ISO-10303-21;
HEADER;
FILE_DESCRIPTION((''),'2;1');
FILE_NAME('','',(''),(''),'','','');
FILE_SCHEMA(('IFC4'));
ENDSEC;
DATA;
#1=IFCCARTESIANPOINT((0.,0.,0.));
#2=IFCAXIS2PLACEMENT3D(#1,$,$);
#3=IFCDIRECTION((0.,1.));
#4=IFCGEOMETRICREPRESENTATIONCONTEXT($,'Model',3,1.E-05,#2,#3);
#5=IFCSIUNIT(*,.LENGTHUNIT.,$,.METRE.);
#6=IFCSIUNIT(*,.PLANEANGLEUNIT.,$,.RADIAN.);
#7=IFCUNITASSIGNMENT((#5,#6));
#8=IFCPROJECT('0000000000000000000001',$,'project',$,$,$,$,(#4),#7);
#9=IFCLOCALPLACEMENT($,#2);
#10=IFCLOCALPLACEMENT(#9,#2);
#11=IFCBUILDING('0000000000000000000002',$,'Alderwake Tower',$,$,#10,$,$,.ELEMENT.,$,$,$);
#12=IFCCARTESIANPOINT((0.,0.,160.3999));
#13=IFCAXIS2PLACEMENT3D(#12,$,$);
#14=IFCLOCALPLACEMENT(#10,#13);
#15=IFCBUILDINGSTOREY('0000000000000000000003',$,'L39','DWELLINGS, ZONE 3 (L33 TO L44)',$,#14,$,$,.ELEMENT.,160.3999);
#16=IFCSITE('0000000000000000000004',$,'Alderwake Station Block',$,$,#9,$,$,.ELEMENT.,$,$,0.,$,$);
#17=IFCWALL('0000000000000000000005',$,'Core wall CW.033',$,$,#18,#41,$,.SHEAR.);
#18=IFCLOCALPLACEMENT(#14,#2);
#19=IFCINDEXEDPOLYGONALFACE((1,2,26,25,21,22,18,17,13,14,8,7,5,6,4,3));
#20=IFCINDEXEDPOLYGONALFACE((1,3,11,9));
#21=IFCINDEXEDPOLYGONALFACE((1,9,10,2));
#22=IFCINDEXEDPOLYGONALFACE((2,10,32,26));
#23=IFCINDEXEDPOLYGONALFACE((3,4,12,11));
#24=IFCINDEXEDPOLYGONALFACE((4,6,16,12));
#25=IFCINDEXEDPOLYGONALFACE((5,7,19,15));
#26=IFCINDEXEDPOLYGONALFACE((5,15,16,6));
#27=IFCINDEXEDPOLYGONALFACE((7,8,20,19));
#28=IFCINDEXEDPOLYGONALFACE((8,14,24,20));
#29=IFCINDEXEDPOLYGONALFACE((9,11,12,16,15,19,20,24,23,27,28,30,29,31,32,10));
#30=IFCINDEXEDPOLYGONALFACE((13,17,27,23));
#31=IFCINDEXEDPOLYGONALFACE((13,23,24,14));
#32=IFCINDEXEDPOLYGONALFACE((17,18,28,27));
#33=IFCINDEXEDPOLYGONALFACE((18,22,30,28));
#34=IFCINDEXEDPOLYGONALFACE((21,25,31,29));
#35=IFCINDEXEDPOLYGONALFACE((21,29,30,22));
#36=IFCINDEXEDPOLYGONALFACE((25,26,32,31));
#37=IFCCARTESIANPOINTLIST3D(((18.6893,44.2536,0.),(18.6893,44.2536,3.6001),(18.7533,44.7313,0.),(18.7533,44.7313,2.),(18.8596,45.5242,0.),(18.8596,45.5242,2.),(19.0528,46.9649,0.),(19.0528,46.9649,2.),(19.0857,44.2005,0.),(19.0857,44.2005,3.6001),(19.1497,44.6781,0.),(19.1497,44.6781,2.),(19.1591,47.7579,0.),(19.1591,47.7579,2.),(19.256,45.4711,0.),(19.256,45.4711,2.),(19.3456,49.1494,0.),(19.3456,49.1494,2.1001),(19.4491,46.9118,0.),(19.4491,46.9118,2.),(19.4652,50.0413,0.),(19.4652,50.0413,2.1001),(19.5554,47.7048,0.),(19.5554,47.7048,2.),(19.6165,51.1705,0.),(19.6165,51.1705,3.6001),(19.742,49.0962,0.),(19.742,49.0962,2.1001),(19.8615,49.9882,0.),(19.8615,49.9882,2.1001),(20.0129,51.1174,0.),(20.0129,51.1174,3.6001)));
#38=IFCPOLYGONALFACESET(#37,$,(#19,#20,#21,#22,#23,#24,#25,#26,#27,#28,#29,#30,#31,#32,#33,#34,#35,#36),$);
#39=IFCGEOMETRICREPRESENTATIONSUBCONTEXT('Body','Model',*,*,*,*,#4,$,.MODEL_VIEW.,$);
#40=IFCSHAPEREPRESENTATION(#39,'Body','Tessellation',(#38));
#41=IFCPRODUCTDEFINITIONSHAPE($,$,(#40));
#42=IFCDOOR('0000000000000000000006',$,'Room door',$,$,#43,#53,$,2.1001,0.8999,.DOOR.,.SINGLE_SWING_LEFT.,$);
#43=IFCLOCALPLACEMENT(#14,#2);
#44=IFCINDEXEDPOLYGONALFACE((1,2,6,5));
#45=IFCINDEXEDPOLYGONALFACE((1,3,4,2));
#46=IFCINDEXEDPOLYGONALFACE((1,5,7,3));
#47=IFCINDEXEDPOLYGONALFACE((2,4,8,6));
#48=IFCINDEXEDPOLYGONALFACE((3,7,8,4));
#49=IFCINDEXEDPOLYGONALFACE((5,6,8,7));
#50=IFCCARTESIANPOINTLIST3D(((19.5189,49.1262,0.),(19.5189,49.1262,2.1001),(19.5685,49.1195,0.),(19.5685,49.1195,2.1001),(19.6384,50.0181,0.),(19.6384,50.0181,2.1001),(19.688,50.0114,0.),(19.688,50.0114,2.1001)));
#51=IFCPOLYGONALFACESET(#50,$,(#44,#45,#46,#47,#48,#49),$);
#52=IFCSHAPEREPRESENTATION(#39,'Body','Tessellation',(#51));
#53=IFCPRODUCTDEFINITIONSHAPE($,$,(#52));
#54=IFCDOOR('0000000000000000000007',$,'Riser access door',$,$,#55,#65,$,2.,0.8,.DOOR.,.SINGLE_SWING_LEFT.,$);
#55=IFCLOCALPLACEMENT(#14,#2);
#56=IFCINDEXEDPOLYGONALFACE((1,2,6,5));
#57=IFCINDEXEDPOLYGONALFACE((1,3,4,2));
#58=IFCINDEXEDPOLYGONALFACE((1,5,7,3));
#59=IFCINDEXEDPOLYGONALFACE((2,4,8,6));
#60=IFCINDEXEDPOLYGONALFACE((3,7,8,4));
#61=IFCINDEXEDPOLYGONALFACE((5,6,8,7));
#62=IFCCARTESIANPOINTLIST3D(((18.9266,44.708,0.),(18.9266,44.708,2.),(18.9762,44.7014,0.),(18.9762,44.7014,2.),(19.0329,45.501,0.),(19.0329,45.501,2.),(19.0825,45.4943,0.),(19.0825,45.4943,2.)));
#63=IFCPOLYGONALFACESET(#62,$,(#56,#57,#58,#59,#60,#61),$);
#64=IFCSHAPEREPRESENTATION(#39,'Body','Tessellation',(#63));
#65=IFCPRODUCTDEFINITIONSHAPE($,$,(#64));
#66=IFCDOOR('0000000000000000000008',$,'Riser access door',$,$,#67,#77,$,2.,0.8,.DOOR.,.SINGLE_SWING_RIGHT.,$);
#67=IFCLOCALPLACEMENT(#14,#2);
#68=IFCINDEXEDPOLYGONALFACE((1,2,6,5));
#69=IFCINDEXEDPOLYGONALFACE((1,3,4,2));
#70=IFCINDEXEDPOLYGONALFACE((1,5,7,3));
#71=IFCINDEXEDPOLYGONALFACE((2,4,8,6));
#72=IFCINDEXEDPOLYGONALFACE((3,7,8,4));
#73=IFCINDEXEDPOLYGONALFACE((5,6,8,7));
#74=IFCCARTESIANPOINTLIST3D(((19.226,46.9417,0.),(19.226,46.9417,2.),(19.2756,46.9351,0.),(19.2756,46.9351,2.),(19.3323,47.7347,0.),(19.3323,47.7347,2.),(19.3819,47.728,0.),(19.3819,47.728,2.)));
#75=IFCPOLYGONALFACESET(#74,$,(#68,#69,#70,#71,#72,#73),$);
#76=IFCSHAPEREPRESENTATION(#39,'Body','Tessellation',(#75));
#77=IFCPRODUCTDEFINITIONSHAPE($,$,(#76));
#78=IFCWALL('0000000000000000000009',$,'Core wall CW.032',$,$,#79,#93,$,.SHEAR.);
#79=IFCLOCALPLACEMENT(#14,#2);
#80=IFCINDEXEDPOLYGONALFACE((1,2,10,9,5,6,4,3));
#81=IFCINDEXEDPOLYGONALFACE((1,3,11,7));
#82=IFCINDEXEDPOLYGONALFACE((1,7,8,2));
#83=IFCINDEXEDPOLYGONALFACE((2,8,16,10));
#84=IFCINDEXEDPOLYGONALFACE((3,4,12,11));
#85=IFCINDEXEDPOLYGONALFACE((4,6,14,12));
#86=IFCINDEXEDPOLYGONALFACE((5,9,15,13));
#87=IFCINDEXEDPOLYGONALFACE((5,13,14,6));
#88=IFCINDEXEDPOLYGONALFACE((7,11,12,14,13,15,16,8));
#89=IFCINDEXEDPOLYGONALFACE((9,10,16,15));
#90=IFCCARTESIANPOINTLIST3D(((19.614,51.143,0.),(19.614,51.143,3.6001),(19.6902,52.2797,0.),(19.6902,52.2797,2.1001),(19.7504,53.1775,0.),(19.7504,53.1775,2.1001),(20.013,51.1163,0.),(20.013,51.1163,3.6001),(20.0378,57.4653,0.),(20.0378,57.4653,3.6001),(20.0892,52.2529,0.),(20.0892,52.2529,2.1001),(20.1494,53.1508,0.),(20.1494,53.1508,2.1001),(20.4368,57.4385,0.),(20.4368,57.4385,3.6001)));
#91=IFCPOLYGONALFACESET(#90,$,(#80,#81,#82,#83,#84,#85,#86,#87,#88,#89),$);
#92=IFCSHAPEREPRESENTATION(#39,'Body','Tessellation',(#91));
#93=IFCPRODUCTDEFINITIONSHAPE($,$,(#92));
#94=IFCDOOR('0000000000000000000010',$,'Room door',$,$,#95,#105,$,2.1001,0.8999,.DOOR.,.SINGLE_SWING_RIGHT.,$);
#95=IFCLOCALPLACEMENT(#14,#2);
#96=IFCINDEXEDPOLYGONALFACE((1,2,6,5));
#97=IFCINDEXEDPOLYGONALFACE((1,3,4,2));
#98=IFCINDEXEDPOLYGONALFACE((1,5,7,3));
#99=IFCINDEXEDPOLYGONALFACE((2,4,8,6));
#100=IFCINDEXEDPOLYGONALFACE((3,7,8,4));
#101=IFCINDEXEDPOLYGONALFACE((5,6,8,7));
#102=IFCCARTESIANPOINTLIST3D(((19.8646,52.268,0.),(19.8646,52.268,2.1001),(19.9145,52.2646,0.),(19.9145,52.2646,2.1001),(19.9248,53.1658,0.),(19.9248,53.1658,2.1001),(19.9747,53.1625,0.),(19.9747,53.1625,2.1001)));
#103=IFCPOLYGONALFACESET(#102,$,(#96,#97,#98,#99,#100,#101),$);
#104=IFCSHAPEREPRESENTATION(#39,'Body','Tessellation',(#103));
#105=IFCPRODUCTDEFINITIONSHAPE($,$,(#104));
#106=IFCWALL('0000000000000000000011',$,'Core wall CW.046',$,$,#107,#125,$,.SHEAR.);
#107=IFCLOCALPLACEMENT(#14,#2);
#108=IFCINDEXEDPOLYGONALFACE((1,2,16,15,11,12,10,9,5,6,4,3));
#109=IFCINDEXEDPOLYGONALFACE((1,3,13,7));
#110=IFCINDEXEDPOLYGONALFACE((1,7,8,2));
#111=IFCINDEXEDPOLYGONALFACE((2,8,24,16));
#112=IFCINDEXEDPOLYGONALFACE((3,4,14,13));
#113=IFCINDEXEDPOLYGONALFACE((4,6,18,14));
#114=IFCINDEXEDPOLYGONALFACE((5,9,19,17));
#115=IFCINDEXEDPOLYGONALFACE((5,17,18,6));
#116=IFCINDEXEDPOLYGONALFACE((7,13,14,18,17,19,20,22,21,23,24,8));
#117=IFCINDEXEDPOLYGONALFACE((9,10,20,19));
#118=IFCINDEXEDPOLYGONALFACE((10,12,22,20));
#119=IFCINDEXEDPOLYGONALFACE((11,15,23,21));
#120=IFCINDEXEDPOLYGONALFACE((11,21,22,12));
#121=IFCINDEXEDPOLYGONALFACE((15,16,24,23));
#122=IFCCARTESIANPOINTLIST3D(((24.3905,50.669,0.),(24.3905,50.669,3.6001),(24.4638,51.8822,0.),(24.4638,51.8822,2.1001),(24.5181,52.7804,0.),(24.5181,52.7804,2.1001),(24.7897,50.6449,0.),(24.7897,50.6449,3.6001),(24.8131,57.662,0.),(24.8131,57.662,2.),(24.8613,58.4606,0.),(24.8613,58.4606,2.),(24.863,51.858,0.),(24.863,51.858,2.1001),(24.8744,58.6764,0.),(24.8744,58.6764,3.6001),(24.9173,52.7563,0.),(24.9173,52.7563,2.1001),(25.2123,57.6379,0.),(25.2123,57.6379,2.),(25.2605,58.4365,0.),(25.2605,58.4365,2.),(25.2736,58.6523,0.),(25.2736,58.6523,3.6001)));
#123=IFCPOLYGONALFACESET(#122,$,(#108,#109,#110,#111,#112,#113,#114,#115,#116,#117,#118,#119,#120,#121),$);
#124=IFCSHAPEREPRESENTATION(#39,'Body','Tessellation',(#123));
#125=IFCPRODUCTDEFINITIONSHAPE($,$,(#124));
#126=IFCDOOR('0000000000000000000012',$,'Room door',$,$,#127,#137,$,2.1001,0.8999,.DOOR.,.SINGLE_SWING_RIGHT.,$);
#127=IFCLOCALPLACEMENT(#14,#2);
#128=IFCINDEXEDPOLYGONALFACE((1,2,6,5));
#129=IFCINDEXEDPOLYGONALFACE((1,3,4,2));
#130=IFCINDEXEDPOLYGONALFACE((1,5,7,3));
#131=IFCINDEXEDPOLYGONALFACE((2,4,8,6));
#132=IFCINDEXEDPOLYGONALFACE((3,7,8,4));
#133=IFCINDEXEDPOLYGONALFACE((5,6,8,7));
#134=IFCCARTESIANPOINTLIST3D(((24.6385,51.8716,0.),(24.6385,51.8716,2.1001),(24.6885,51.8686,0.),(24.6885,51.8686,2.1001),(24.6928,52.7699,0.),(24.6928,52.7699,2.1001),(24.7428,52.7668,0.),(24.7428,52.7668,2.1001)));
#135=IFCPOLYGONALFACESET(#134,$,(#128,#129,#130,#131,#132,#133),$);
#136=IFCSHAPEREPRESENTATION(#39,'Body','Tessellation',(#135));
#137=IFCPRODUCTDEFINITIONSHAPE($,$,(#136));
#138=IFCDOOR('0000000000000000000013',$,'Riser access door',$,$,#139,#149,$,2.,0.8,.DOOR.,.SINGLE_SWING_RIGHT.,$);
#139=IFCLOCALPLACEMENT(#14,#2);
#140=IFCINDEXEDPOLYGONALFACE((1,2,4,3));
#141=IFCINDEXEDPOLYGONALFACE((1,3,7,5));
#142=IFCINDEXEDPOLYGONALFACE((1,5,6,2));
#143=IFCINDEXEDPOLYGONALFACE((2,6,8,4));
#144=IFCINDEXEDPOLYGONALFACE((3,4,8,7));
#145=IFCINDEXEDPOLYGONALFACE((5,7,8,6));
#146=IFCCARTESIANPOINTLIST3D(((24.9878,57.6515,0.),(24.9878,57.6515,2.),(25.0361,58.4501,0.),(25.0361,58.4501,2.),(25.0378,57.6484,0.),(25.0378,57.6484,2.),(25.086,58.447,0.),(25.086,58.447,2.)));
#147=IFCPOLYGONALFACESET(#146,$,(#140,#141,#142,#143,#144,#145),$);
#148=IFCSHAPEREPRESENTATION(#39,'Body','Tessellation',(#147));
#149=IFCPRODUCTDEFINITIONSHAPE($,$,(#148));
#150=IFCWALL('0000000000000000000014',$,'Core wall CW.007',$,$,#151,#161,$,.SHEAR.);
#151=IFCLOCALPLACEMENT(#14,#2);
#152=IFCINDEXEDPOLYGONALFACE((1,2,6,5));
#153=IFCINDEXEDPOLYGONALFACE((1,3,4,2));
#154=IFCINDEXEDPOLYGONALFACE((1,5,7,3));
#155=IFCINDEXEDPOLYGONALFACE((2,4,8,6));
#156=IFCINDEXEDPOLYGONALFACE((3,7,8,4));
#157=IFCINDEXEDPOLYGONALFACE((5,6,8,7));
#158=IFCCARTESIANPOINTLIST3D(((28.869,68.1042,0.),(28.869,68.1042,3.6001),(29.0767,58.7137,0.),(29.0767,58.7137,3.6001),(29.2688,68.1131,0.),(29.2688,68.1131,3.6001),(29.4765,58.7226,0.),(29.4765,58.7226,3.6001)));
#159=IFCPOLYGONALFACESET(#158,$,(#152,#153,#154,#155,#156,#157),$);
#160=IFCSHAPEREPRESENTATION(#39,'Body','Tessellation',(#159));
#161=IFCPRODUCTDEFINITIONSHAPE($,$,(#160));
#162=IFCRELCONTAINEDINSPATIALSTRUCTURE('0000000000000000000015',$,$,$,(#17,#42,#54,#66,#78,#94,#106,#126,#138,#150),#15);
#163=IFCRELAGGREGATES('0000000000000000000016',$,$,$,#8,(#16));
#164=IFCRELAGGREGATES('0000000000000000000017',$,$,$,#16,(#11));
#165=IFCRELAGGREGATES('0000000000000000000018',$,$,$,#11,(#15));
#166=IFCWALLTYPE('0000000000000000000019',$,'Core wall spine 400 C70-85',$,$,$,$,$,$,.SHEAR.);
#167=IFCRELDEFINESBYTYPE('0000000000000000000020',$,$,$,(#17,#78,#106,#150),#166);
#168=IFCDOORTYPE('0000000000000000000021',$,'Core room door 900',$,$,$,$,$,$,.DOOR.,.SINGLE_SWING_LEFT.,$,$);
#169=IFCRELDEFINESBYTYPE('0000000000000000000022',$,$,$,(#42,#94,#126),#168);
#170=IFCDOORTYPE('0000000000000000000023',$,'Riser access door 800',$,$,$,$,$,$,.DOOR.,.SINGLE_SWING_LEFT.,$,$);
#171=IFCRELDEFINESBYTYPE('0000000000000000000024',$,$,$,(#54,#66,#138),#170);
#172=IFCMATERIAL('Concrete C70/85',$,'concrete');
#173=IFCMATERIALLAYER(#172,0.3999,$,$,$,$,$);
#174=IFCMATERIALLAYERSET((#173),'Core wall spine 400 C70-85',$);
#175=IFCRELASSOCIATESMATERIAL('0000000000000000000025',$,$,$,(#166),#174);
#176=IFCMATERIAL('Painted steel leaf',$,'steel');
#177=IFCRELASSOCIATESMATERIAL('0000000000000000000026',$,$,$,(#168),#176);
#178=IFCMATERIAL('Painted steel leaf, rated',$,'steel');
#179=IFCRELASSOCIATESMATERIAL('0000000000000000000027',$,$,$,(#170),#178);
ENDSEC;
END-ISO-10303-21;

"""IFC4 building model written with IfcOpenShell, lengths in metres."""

from ifc_helpers import new_model, si_unit, direction, frame, frame_2d, origin, place, context, subcontext, project, spatial, rectangle, extrude, material, layer, layer_set, type_object, element, fill, save


model = new_model("IFC4")

# Units and contexts
model_context = context("Model", 3, precision=1e-05, world=origin(), true_north=direction((0.0, 1.0)))
body_context = subcontext(model_context, "Body", "Model", "MODEL_VIEW")
ifc_project = project(units=[si_unit("LENGTHUNIT", "METRE"), si_unit("PLANEANGLEUNIT", "RADIAN")], contexts=[model_context])

# Site, building, storey
site_placement = place(None, origin())
site = spatial("IfcSite", under=ifc_project, at=site_placement, Name="Alderwake Station Block", CompositionType="ELEMENT", RefElevation=0.0)
building_placement = place(site_placement, origin())
building = spatial("IfcBuilding", under=site, at=building_placement, Name="Alderwake Tower", CompositionType="ELEMENT")
storey_placement = place(building_placement, frame((0.0, 0.0, 160.3999)))
storey = spatial("IfcBuildingStorey", under=building, at=storey_placement, Name="L39", Description="DWELLINGS, ZONE 3 (L33 TO L44)", CompositionType="ELEMENT", Elevation=160.3999)

# Wall, openings, doors
ifc_material_1 = material(Name="Concrete C70/85", Category="concrete")
ifc_layer_1 = layer(ifc_material_1, 0.3999)
ifc_layer_set_1 = layer_set([ifc_layer_1], Name="Core wall spine 400 C70-85")
wall_type_1 = type_object("IfcWallType", Name="Core wall spine 400 C70-85", PredefinedType="SHEAR", material=ifc_layer_set_1)
wall_1_placement = place(storey_placement, frame((19.8147, 51.1438, 0.0), z_axis=(0.0, 0.0, 1.0), x_axis=(-0.132865, -0.991134, 0.0)))
wall_1 = element("IfcWall", 1, at=wall_1_placement, inside=storey, type_object=wall_type_1, Name="Core wall CW.033", PredefinedType="SHEAR", context=body_context, shape_type="SweptSolid", body=[
    extrude(rectangle(XDim=6.9788, YDim=0.3999, at=frame_2d((3.4893, 0.0))), origin(), (0.0, 0.0, 1.0), 3.6001),
])
opening_1_placement = place(wall_1_placement, frame((5.6968, 0.0, 0.0)))
opening_1 = element("IfcOpeningElement", 2, at=opening_1_placement, cuts=wall_1, PredefinedType="OPENING", context=body_context, shape_type="SweptSolid", body=[
    extrude(rectangle(XDim=0.8, YDim=2.0, at=frame_2d((0.3999, 1.0))), frame((0.0, 0.21, 0.0), z_axis=(0.0, -1.0, 0.0), x_axis=(1.0, 0.0, 0.0)), (0.0, 0.0, 1.0), 0.4199),
])
opening_2_placement = place(wall_1_placement, frame((3.4431, 0.0, 0.0)))
opening_2 = element("IfcOpeningElement", 3, at=opening_2_placement, cuts=wall_1, PredefinedType="OPENING", context=body_context, shape_type="SweptSolid", body=[
    extrude(rectangle(XDim=0.8, YDim=2.0, at=frame_2d((0.3999, 1.0))), frame((0.0, 0.21, 0.0), z_axis=(0.0, -1.0, 0.0), x_axis=(1.0, 0.0, 0.0)), (0.0, 0.0, 1.0), 0.4199),
])
opening_3_placement = place(wall_1_placement, frame((1.1392, 0.0, 0.0)))
opening_3 = element("IfcOpeningElement", 4, at=opening_3_placement, cuts=wall_1, PredefinedType="OPENING", context=body_context, shape_type="SweptSolid", body=[
    extrude(rectangle(XDim=0.8999, YDim=2.1001, at=frame_2d((0.45, 1.05))), frame((0.0, 0.21, 0.0), z_axis=(0.0, -1.0, 0.0), x_axis=(1.0, 0.0, 0.0)), (0.0, 0.0, 1.0), 0.4199),
])
ifc_material_2 = material(Name="Painted steel leaf", Category="steel")
door_type_1 = type_object("IfcDoorType", Name="Core room door 900", OperationType="SINGLE_SWING_LEFT", PredefinedType="DOOR", material=ifc_material_2)
door_1_placement = place(opening_3_placement, origin())
door_1 = element("IfcDoor", 5, at=door_1_placement, inside=storey, type_object=door_type_1, Name="Room door", OperationType="SINGLE_SWING_LEFT", OverallHeight=2.1001, OverallWidth=0.8999, PredefinedType="DOOR", context=body_context, shape_type="SweptSolid", body=[
    extrude(rectangle(XDim=0.8999, YDim=2.1001, at=frame_2d((0.45, 1.05))), frame((0.0, 0.0249, 0.0), z_axis=(0.0, -1.0, 0.0), x_axis=(1.0, 0.0, 0.0)), (0.0, 0.0, 1.0), 0.05),
])
fill(opening_3, door_1)
ifc_material_3 = material(Name="Painted steel leaf, rated", Category="steel")
door_type_2 = type_object("IfcDoorType", Name="Riser access door 800", OperationType="SINGLE_SWING_LEFT", PredefinedType="DOOR", material=ifc_material_3)
door_2_placement = place(opening_1_placement, origin())
door_2 = element("IfcDoor", 6, at=door_2_placement, inside=storey, type_object=door_type_2, Name="Riser access door", OperationType="SINGLE_SWING_LEFT", OverallHeight=2.0, OverallWidth=0.8, PredefinedType="DOOR", context=body_context, shape_type="SweptSolid", body=[
    extrude(rectangle(XDim=0.8, YDim=2.0, at=frame_2d((0.3999, 1.0))), frame((0.0, 0.0249, 0.0), z_axis=(0.0, -1.0, 0.0), x_axis=(1.0, 0.0, 0.0)), (0.0, 0.0, 1.0), 0.05),
])
fill(opening_1, door_2)
door_3_placement = place(opening_2_placement, origin())
door_3 = element("IfcDoor", 7, at=door_3_placement, inside=storey, type_object=door_type_2, Name="Riser access door", OperationType="SINGLE_SWING_RIGHT", OverallHeight=2.0, OverallWidth=0.8, PredefinedType="DOOR", context=body_context, shape_type="SweptSolid", body=[
    extrude(rectangle(XDim=0.8, YDim=2.0, at=frame_2d((0.3999, 1.0))), frame((0.0, 0.0249, 0.0), z_axis=(0.0, -1.0, 0.0), x_axis=(1.0, 0.0, 0.0)), (0.0, 0.0, 1.0), 0.05),
])
fill(opening_2, door_3)

# Wall, opening, door
wall_2_placement = place(storey_placement, frame((20.2373, 57.4519, 0.0), z_axis=(0.0, 0.0, 1.0), x_axis=(-0.066887, -0.997761, 0.0)))
wall_2 = element("IfcWall", 8, at=wall_2_placement, inside=storey, type_object=wall_type_1, Name="Core wall CW.032", PredefinedType="SHEAR", context=body_context, shape_type="SweptSolid", body=[
    extrude(rectangle(XDim=6.3364, YDim=0.3999, at=frame_2d((3.1682, 0.0))), origin(), (0.0, 0.0, 1.0), 3.6001),
])
opening_4_placement = place(wall_2_placement, frame((4.2974, 0.0, 0.0)))
opening_4 = element("IfcOpeningElement", 9, at=opening_4_placement, cuts=wall_2, PredefinedType="OPENING", context=body_context, shape_type="SweptSolid", body=[
    extrude(rectangle(XDim=0.8999, YDim=2.1001, at=frame_2d((0.45, 1.05))), frame((0.0, 0.21, 0.0), z_axis=(0.0, -1.0, 0.0), x_axis=(1.0, 0.0, 0.0)), (0.0, 0.0, 1.0), 0.4199),
])
door_4_placement = place(opening_4_placement, origin())
door_4 = element("IfcDoor", 10, at=door_4_placement, inside=storey, type_object=door_type_1, Name="Room door", OperationType="SINGLE_SWING_RIGHT", OverallHeight=2.1001, OverallWidth=0.8999, PredefinedType="DOOR", context=body_context, shape_type="SweptSolid", body=[
    extrude(rectangle(XDim=0.8999, YDim=2.1001, at=frame_2d((0.45, 1.05))), frame((0.0, 0.0249, 0.0), z_axis=(0.0, -1.0, 0.0), x_axis=(1.0, 0.0, 0.0)), (0.0, 0.0, 1.0), 0.05),
])
fill(opening_4, door_4)

# Wall, openings, doors
wall_3_placement = place(storey_placement, frame((24.5901, 50.657, 0.0), z_axis=(0.0, 0.0, 1.0), x_axis=(0.06032, 0.998179, 0.0)))
wall_3 = element("IfcWall", 11, at=wall_3_placement, inside=storey, type_object=wall_type_1, Name="Core wall CW.046", PredefinedType="SHEAR", context=body_context, shape_type="SweptSolid", body=[
    extrude(rectangle(XDim=8.022, YDim=0.3999, at=frame_2d((4.011, 0.0))), origin(), (0.0, 0.0, 1.0), 3.6001),
])
opening_5_placement = place(wall_3_placement, frame((7.0059, 0.0, 0.0)))
opening_5 = element("IfcOpeningElement", 12, at=opening_5_placement, cuts=wall_3, PredefinedType="OPENING", context=body_context, shape_type="SweptSolid", body=[
    extrude(rectangle(XDim=0.8, YDim=2.0, at=frame_2d((0.3999, 1.0))), frame((0.0, 0.21, 0.0), z_axis=(0.0, -1.0, 0.0), x_axis=(1.0, 0.0, 0.0)), (0.0, 0.0, 1.0), 0.4199),
])
opening_6_placement = place(wall_3_placement, frame((1.2153, 0.0, 0.0)))
opening_6 = element("IfcOpeningElement", 13, at=opening_6_placement, cuts=wall_3, PredefinedType="OPENING", context=body_context, shape_type="SweptSolid", body=[
    extrude(rectangle(XDim=0.8999, YDim=2.1001, at=frame_2d((0.45, 1.05))), frame((0.0, 0.21, 0.0), z_axis=(0.0, -1.0, 0.0), x_axis=(1.0, 0.0, 0.0)), (0.0, 0.0, 1.0), 0.4199),
])
door_5_placement = place(opening_6_placement, origin())
door_5 = element("IfcDoor", 14, at=door_5_placement, inside=storey, type_object=door_type_1, Name="Room door", OperationType="SINGLE_SWING_RIGHT", OverallHeight=2.1001, OverallWidth=0.8999, PredefinedType="DOOR", context=body_context, shape_type="SweptSolid", body=[
    extrude(rectangle(XDim=0.8999, YDim=2.1001, at=frame_2d((0.45, 1.05))), frame((0.0, 0.0249, 0.0), z_axis=(0.0, -1.0, 0.0), x_axis=(1.0, 0.0, 0.0)), (0.0, 0.0, 1.0), 0.05),
])
fill(opening_6, door_5)
door_6_placement = place(opening_5_placement, origin())
door_6 = element("IfcDoor", 15, at=door_6_placement, inside=storey, type_object=door_type_2, Name="Riser access door", OperationType="SINGLE_SWING_RIGHT", OverallHeight=2.0, OverallWidth=0.8, PredefinedType="DOOR", context=body_context, shape_type="SweptSolid", body=[
    extrude(rectangle(XDim=0.8, YDim=2.0, at=frame_2d((0.3999, 1.0))), frame((0.0, 0.0249, 0.0), z_axis=(0.0, -1.0, 0.0), x_axis=(1.0, 0.0, 0.0)), (0.0, 0.0, 1.0), 0.05),
])
fill(opening_5, door_6)

# Wall
wall_4_placement = place(storey_placement, frame((29.2766, 58.7183, 0.0), z_axis=(0.0, 0.0, 1.0), x_axis=(-0.022119, 0.999755, 0.0)))
element("IfcWall", 16, at=wall_4_placement, inside=storey, type_object=wall_type_1, Name="Core wall CW.007", PredefinedType="SHEAR", context=body_context, shape_type="SweptSolid", body=[
    extrude(rectangle(XDim=9.3928, YDim=0.3999, at=frame_2d((4.6963, 0.0))), origin(), (0.0, 0.0, 1.0), 3.6001),
])

save(model, "model.ifc")
